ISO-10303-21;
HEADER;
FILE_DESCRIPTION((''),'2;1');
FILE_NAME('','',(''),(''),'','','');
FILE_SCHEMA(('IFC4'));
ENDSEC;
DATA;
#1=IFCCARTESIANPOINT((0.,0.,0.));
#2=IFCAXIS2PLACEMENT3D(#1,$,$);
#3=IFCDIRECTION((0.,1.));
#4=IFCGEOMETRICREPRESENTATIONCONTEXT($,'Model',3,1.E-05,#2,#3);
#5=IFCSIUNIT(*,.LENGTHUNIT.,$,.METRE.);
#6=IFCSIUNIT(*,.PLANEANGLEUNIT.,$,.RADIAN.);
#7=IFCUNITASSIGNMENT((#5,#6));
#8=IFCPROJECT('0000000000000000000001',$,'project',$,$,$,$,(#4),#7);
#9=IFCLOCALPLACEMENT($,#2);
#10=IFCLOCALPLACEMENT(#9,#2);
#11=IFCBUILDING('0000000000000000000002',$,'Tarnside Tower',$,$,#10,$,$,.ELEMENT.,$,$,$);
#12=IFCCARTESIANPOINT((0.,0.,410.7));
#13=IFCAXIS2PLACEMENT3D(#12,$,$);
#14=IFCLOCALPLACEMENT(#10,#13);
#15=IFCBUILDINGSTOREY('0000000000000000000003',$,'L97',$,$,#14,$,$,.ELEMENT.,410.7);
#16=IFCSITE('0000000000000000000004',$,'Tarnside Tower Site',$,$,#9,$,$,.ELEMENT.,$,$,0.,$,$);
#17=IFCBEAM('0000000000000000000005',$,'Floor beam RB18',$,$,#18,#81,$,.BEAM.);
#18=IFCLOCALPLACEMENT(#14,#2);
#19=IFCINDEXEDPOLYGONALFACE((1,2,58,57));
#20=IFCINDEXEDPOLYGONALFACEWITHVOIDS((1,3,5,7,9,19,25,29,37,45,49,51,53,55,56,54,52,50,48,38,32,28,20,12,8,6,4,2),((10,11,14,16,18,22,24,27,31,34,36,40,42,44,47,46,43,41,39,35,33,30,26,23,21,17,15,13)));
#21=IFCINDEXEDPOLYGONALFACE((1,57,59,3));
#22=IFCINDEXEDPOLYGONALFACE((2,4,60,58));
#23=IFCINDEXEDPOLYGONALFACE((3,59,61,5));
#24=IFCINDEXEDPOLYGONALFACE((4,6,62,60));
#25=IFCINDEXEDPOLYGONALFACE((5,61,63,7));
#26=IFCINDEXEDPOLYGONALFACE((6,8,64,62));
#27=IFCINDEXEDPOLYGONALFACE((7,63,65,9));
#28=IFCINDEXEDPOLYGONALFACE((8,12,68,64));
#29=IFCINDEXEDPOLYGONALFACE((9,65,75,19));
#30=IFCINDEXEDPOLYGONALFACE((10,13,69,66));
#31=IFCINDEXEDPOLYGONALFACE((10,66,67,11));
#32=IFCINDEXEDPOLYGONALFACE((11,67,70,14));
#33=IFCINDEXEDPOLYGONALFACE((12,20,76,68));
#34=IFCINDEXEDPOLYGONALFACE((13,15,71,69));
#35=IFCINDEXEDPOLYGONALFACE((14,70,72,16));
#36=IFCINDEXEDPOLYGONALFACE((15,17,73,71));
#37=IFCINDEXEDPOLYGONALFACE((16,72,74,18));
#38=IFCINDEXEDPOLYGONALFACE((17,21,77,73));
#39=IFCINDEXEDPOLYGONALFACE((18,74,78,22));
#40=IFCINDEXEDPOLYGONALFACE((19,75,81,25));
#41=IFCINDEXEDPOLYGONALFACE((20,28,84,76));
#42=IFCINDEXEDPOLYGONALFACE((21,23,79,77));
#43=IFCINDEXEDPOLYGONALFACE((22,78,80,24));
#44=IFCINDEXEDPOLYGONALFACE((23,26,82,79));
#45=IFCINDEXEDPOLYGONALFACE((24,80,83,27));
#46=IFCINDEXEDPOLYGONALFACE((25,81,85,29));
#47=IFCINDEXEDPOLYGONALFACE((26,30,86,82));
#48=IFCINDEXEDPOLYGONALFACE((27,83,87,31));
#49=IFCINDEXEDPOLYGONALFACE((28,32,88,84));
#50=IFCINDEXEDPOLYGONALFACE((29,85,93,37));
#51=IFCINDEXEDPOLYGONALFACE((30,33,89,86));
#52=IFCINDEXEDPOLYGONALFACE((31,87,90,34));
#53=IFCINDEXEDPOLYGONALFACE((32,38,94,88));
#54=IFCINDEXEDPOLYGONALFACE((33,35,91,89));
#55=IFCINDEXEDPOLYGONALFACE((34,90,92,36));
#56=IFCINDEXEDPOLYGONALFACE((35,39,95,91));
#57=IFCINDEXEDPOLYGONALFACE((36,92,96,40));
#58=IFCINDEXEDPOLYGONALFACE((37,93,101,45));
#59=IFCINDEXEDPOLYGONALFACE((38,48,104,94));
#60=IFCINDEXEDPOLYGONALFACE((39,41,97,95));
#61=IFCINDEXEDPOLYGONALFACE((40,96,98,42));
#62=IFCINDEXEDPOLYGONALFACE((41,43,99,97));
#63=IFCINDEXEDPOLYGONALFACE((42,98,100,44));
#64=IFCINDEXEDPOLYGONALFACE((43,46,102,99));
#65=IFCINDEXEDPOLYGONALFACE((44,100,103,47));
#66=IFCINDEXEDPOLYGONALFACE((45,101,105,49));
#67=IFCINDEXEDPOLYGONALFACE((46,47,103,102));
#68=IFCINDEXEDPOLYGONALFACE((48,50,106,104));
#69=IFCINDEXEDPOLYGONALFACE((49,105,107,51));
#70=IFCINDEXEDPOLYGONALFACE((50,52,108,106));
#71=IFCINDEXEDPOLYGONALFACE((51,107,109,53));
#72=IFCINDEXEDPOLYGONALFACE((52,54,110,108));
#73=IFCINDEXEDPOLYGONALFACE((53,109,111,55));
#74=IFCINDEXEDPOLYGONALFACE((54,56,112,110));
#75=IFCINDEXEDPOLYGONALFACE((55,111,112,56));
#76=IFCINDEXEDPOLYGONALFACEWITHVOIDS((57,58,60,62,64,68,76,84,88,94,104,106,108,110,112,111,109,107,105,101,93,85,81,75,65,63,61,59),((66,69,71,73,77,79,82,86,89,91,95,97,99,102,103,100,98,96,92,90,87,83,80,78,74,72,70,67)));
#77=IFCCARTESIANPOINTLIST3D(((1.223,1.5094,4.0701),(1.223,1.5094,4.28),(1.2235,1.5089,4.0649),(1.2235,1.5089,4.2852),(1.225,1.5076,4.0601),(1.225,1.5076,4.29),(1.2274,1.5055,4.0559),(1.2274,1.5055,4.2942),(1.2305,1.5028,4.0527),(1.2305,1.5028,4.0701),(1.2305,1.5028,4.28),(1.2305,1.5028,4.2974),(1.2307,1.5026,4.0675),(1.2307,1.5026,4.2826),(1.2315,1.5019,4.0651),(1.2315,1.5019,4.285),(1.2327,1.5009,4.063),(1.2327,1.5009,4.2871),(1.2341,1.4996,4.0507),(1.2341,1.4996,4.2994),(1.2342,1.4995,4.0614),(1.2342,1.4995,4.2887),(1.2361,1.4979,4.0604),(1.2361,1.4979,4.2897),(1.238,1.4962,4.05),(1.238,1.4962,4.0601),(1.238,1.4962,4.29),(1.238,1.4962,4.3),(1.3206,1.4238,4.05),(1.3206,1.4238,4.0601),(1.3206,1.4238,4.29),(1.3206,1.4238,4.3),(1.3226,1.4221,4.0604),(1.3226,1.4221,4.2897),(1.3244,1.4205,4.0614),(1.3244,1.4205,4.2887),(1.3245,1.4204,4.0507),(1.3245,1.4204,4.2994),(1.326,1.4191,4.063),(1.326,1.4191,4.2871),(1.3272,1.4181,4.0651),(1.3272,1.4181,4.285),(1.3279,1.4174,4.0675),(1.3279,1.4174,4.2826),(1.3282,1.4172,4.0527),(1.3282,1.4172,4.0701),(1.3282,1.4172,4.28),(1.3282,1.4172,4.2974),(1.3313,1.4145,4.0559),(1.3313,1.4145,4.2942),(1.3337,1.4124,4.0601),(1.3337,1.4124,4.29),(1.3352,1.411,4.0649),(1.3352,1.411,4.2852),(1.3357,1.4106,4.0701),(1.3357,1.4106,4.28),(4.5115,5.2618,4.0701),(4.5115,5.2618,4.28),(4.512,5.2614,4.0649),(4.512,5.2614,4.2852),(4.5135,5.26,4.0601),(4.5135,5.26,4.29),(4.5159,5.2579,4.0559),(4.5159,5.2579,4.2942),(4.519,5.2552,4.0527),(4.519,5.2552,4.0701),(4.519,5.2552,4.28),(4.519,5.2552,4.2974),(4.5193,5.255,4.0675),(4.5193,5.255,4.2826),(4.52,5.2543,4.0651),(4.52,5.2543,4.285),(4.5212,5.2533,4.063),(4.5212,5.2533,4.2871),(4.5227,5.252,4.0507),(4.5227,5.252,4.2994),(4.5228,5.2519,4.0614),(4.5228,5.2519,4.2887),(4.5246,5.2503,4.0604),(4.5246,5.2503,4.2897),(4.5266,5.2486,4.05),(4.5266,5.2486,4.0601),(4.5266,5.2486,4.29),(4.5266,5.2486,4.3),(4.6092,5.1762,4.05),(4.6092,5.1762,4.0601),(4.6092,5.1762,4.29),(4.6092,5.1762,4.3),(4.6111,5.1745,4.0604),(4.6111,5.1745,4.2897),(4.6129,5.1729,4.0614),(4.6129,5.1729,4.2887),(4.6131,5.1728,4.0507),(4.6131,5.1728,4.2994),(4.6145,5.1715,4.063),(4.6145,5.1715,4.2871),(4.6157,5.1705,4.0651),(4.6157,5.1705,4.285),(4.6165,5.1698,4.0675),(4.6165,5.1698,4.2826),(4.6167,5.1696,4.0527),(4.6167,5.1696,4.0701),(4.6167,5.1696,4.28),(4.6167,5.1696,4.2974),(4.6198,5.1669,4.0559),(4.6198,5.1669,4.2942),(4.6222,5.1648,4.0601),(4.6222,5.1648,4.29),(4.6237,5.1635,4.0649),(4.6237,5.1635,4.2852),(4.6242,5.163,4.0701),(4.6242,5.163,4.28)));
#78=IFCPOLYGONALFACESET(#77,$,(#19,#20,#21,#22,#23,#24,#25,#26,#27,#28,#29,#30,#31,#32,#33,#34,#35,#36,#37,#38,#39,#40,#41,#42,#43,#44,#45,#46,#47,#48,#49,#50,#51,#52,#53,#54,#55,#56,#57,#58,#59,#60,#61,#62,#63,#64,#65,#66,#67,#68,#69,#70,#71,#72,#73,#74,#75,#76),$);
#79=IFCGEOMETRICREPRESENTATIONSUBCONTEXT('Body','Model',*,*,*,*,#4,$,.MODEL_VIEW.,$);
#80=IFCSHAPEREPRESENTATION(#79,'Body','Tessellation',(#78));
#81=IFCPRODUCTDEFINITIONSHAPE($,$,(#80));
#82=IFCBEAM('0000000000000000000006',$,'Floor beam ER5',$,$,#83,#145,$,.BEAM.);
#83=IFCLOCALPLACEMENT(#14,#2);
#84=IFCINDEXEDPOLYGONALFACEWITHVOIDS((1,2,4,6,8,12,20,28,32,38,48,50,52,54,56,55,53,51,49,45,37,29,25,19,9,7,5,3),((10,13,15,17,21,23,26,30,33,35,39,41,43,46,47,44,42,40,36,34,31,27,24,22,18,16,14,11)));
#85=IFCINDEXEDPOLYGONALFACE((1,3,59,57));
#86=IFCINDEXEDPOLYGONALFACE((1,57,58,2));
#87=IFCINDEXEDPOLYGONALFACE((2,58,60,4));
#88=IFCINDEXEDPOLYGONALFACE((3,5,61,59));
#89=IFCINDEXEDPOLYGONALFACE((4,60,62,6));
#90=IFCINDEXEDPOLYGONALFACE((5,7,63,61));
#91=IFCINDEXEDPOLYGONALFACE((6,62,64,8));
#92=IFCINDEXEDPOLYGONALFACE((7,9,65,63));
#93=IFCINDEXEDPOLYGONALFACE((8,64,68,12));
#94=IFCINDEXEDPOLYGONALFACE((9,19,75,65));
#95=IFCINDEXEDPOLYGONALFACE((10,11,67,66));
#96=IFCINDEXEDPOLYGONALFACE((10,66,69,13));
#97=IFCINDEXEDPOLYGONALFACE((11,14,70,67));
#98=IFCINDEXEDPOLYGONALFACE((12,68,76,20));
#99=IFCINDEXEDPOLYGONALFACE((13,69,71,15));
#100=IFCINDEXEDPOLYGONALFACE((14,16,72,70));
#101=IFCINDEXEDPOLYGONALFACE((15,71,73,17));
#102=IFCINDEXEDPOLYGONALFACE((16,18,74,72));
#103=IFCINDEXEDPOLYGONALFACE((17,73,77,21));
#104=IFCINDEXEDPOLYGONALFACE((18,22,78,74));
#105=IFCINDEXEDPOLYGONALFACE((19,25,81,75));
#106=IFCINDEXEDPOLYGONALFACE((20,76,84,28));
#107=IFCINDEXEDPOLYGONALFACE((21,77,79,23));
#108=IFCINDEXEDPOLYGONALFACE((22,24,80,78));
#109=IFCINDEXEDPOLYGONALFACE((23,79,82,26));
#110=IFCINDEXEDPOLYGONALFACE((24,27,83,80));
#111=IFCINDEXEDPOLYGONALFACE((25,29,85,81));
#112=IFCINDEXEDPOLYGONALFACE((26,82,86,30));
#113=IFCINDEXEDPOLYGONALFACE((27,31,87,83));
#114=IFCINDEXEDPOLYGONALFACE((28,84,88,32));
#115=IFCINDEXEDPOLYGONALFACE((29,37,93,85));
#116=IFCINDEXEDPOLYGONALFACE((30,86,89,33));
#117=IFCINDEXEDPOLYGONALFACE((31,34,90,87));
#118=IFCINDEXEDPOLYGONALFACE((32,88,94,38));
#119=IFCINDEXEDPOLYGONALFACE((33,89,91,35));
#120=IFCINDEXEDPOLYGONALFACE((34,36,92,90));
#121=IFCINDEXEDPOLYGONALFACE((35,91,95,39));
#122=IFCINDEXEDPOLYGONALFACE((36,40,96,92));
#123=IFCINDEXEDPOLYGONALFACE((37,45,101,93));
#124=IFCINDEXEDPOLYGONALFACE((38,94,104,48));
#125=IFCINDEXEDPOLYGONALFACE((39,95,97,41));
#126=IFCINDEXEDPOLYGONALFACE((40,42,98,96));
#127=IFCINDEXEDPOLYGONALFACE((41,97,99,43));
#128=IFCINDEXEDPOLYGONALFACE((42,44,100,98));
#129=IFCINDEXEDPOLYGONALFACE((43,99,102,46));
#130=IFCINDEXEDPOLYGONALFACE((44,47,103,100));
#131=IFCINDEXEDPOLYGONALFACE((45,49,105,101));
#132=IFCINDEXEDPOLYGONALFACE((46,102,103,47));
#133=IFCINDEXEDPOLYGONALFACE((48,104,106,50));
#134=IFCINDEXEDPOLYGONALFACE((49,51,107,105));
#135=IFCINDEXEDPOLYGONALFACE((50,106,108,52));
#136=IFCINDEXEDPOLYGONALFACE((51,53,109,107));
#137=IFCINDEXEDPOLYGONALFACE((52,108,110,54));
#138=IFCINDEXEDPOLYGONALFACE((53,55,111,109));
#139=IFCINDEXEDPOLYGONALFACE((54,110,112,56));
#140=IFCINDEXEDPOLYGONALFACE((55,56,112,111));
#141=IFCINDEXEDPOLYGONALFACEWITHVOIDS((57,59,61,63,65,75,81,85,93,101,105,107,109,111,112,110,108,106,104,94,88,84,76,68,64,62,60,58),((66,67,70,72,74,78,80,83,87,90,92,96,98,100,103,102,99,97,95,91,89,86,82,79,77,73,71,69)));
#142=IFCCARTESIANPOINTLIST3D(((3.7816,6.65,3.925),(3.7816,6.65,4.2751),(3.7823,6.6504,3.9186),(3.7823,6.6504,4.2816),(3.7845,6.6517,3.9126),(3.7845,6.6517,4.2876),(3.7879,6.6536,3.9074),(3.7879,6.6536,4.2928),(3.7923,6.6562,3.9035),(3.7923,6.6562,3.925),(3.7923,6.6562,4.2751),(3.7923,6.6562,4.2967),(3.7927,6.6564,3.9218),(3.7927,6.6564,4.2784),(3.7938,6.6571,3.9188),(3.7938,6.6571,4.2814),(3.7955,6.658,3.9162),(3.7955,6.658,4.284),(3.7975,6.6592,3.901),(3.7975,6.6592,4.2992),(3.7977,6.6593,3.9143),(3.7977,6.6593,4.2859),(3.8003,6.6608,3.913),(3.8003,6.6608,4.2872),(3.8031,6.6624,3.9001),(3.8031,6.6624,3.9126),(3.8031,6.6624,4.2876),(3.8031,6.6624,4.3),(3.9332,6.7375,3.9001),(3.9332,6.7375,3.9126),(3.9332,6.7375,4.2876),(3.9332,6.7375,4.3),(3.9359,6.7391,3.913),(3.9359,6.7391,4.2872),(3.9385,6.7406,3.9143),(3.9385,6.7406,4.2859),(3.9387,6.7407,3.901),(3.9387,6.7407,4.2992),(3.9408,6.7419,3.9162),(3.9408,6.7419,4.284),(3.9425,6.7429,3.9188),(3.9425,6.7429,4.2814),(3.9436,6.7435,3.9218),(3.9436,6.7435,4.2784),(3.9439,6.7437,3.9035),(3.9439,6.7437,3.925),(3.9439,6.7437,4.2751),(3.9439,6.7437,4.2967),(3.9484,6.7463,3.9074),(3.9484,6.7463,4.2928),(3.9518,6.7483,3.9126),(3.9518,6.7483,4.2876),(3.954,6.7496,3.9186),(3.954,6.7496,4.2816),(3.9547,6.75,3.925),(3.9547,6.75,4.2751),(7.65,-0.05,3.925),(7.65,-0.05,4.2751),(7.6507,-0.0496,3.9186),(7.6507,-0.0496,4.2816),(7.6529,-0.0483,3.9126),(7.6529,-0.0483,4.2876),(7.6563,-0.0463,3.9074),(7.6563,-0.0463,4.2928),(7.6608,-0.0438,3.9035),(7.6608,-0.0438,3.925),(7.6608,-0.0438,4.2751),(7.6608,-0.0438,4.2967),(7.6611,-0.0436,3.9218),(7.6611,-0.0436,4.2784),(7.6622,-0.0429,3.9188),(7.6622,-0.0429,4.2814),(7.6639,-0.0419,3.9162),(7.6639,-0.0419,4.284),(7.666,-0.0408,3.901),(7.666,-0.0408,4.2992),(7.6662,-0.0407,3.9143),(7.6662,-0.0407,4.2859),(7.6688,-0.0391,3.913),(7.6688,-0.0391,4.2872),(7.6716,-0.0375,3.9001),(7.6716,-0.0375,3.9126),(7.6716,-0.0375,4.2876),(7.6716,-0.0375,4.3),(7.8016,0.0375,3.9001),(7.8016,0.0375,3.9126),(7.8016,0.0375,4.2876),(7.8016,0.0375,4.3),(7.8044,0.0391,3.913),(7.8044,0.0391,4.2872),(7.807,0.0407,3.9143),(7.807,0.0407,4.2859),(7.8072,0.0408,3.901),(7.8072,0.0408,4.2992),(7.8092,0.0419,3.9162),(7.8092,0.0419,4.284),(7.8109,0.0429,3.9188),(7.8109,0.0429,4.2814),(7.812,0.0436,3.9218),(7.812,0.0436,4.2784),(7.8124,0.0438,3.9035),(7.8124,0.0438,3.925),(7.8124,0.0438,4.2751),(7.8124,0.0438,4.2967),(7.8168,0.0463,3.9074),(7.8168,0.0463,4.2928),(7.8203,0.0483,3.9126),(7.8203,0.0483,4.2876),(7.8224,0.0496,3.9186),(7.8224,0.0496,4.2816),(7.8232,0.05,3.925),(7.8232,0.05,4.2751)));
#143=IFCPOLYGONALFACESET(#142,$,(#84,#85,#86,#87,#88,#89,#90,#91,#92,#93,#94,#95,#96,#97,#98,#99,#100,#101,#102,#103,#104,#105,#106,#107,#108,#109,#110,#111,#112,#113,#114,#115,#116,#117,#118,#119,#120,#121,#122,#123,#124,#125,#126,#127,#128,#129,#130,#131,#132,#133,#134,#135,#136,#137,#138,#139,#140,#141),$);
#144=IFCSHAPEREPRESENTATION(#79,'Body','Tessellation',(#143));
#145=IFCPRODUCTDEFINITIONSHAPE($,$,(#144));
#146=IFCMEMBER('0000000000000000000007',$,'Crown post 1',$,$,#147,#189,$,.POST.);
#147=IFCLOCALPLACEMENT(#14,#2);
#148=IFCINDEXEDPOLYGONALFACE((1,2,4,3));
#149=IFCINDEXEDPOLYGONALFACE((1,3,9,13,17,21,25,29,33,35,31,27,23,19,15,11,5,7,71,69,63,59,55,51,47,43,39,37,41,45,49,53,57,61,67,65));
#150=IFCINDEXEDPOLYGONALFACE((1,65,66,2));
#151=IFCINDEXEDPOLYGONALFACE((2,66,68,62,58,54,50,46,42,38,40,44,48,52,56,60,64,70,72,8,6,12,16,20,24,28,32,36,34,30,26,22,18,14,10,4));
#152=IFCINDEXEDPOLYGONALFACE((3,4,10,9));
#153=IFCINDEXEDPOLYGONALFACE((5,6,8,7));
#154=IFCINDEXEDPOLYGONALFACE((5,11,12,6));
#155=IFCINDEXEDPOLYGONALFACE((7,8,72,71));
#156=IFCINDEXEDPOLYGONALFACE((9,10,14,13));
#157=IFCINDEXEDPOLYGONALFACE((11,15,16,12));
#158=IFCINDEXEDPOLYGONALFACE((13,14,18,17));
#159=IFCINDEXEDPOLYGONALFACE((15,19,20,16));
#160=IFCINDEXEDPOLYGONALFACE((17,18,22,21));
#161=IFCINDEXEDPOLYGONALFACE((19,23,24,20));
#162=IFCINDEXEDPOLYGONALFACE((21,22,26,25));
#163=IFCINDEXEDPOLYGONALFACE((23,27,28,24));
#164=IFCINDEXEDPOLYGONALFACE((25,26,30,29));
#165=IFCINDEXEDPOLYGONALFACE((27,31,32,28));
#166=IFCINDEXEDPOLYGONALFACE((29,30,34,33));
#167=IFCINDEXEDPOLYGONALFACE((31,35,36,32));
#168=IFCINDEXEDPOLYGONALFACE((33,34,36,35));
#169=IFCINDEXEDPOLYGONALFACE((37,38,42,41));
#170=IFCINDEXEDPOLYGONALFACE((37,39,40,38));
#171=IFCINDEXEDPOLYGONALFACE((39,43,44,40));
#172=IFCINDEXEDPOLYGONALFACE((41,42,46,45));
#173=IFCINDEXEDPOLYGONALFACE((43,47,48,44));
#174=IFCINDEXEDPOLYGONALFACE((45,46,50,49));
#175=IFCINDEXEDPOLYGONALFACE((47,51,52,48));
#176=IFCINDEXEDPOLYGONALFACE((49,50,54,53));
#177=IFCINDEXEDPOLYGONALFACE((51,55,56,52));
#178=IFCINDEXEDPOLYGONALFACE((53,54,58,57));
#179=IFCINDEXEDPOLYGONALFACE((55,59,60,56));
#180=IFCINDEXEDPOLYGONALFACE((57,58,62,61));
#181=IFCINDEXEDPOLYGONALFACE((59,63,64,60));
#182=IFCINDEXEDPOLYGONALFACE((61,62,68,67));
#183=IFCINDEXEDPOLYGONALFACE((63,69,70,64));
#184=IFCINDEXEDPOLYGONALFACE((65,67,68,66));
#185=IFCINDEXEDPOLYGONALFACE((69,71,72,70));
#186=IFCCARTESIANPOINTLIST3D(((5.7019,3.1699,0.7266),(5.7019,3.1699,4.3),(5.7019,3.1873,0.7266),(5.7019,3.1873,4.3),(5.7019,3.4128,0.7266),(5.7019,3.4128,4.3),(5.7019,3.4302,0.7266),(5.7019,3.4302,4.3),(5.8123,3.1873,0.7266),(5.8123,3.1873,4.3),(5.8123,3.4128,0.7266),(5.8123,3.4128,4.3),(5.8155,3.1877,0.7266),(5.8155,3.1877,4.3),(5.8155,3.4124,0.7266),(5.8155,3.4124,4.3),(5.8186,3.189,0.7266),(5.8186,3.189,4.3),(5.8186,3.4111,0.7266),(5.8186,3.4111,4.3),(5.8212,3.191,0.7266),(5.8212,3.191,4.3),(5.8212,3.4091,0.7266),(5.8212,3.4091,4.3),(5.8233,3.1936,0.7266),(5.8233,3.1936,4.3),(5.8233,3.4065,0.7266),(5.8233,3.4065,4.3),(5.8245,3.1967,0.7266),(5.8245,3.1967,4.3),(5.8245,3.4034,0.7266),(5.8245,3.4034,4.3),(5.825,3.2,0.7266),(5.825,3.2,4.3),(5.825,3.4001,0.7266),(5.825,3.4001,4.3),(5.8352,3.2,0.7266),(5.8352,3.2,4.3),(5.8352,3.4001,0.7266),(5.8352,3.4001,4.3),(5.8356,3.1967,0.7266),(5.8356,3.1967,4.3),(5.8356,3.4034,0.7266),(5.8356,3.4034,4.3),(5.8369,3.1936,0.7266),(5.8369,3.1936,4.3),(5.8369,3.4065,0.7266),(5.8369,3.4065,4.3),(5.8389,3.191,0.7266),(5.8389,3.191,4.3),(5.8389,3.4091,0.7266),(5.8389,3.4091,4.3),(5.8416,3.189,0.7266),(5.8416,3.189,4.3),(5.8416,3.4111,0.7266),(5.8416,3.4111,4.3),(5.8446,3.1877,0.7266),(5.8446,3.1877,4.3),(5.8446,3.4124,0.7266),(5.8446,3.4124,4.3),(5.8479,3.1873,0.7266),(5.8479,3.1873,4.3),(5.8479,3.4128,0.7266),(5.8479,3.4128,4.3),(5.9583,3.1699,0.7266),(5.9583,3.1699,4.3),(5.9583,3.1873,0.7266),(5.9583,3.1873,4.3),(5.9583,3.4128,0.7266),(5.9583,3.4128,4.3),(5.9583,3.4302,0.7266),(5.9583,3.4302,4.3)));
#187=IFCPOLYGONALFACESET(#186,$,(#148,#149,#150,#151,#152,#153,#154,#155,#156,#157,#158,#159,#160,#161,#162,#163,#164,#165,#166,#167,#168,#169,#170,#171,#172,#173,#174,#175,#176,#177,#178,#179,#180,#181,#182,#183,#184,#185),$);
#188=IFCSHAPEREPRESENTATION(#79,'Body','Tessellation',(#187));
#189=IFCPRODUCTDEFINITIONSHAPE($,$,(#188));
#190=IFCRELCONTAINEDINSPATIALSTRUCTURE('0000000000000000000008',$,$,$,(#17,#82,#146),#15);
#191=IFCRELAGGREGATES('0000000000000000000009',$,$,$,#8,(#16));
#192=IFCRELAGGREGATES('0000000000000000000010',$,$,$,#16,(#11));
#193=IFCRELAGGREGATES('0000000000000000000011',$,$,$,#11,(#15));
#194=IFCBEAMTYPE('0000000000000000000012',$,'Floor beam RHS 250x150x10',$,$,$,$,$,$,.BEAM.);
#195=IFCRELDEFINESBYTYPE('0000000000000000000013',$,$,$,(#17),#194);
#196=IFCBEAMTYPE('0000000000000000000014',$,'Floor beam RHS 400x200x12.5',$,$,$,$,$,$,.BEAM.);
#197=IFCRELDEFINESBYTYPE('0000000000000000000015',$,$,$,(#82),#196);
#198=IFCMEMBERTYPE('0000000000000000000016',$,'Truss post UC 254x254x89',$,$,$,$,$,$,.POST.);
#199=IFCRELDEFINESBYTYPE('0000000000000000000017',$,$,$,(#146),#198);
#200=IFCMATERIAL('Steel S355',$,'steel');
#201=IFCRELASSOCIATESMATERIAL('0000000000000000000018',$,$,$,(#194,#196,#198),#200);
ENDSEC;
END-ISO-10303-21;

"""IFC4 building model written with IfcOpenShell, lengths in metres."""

from ifc_helpers import new_model, si_unit, direction, frame, origin, origin_2d, place, context, subcontext, project, spatial, hollow_rectangle, i_section, extrude, material, material_profile, profile_set, type_object, element, save


model = new_model("IFC4")

# Units and contexts
model_context = context("Model", 3, precision=1e-05, world=origin(), true_north=direction((0.0, 1.0)))
body_context = subcontext(model_context, "Body", "Model", "MODEL_VIEW")
ifc_project = project(units=[si_unit("LENGTHUNIT", "METRE"), si_unit("PLANEANGLEUNIT", "RADIAN")], contexts=[model_context])

# Site, building, storey
site_placement = place(None, origin())
site = spatial("IfcSite", under=ifc_project, at=site_placement, Name="Tarnside Tower Site", CompositionType="ELEMENT", RefElevation=0.0)
building_placement = place(site_placement, origin())
building = spatial("IfcBuilding", under=site, at=building_placement, Name="Tarnside Tower", CompositionType="ELEMENT")
storey_placement = place(building_placement, frame((0.0, 0.0, 410.7)))
storey = spatial("IfcBuildingStorey", under=building, at=storey_placement, Name="L97", CompositionType="ELEMENT", Elevation=410.7)

# Shared definitions
ifc_material_1 = material(Name="Steel S355", Category="steel")

# Beams
ifc_material_profile_1 = material_profile(ifc_material_1, hollow_rectangle(XDim=0.1499, YDim=0.25, WallThickness=0.01, InnerFilletRadius=0.01, OuterFilletRadius=0.02, at=origin_2d()), Name="RHS 250x150x10")
ifc_profile_set_1 = profile_set([ifc_material_profile_1], Name="Steel S355")
beam_type_1 = type_object("IfcBeamType", Name="Floor beam RHS 250x150x10", PredefinedType="BEAM", material=ifc_profile_set_1)
beam_1_placement = place(storey_placement, frame((4.5679, 5.2124, 4.175), z_axis=(-0.659093, -0.752061, 0.0), x_axis=(0.752061, -0.659093, 0.0)))
element("IfcBeam", 1, at=beam_1_placement, inside=storey, type_object=beam_type_1, Name="Floor beam RB18", PredefinedType="BEAM", context=body_context, shape_type="SweptSolid", body=[
    extrude(hollow_rectangle(XDim=0.1499, YDim=0.25, WallThickness=0.01, InnerFilletRadius=0.01, OuterFilletRadius=0.02, at=origin_2d()), origin(), (0.0, 0.0, 1.0), 4.9895),
])
ifc_material_profile_2 = material_profile(ifc_material_1, hollow_rectangle(XDim=0.2, YDim=0.3999, WallThickness=0.0125, InnerFilletRadius=0.0125, OuterFilletRadius=0.0249, at=origin_2d()), Name="RHS 400x200x12.5")
ifc_profile_set_2 = profile_set([ifc_material_profile_2], Name="Steel S355")
beam_type_2 = type_object("IfcBeamType", Name="Floor beam RHS 400x200x12.5", PredefinedType="BEAM", material=ifc_profile_set_2)
beam_2_placement = place(storey_placement, frame((7.7366, 0.0, 4.1001), z_axis=(-0.500018, 0.866015, 0.0), x_axis=(-0.866015, -0.500018, 0.0)))
element("IfcBeam", 2, at=beam_2_placement, inside=storey, type_object=beam_type_2, Name="Floor beam ER5", PredefinedType="BEAM", context=body_context, shape_type="SweptSolid", body=[
    extrude(hollow_rectangle(XDim=0.2, YDim=0.3999, WallThickness=0.0125, InnerFilletRadius=0.0125, OuterFilletRadius=0.0249, at=origin_2d()), origin(), (0.0, 0.0, 1.0), 7.7366),
])

# Member
ifc_material_profile_3 = material_profile(ifc_material_1, i_section(OverallWidth=0.2563, OverallDepth=0.2603, WebThickness=0.0103, FlangeThickness=0.0173, FilletRadius=0.0127, at=origin_2d()), Name="UC 254x254x89")
ifc_profile_set_3 = profile_set([ifc_material_profile_3], Name="Steel S355")
member_type_1 = type_object("IfcMemberType", Name="Truss post UC 254x254x89", PredefinedType="POST", material=ifc_profile_set_3)
member_1_placement = place(storey_placement, frame((5.8301, 3.3, 0.7266), z_axis=(0.0, 0.0, 1.0), x_axis=(1.0, 0.0, 0.0)))
element("IfcMember", 3, at=member_1_placement, inside=storey, type_object=member_type_1, Name="Crown post 1", PredefinedType="POST", context=body_context, shape_type="SweptSolid", body=[
    extrude(i_section(OverallWidth=0.2563, OverallDepth=0.2603, WebThickness=0.0103, FlangeThickness=0.0173, FilletRadius=0.0127, at=origin_2d()), origin(), (0.0, 0.0, 1.0), 3.5735),
])

save(model, "model.ifc")
